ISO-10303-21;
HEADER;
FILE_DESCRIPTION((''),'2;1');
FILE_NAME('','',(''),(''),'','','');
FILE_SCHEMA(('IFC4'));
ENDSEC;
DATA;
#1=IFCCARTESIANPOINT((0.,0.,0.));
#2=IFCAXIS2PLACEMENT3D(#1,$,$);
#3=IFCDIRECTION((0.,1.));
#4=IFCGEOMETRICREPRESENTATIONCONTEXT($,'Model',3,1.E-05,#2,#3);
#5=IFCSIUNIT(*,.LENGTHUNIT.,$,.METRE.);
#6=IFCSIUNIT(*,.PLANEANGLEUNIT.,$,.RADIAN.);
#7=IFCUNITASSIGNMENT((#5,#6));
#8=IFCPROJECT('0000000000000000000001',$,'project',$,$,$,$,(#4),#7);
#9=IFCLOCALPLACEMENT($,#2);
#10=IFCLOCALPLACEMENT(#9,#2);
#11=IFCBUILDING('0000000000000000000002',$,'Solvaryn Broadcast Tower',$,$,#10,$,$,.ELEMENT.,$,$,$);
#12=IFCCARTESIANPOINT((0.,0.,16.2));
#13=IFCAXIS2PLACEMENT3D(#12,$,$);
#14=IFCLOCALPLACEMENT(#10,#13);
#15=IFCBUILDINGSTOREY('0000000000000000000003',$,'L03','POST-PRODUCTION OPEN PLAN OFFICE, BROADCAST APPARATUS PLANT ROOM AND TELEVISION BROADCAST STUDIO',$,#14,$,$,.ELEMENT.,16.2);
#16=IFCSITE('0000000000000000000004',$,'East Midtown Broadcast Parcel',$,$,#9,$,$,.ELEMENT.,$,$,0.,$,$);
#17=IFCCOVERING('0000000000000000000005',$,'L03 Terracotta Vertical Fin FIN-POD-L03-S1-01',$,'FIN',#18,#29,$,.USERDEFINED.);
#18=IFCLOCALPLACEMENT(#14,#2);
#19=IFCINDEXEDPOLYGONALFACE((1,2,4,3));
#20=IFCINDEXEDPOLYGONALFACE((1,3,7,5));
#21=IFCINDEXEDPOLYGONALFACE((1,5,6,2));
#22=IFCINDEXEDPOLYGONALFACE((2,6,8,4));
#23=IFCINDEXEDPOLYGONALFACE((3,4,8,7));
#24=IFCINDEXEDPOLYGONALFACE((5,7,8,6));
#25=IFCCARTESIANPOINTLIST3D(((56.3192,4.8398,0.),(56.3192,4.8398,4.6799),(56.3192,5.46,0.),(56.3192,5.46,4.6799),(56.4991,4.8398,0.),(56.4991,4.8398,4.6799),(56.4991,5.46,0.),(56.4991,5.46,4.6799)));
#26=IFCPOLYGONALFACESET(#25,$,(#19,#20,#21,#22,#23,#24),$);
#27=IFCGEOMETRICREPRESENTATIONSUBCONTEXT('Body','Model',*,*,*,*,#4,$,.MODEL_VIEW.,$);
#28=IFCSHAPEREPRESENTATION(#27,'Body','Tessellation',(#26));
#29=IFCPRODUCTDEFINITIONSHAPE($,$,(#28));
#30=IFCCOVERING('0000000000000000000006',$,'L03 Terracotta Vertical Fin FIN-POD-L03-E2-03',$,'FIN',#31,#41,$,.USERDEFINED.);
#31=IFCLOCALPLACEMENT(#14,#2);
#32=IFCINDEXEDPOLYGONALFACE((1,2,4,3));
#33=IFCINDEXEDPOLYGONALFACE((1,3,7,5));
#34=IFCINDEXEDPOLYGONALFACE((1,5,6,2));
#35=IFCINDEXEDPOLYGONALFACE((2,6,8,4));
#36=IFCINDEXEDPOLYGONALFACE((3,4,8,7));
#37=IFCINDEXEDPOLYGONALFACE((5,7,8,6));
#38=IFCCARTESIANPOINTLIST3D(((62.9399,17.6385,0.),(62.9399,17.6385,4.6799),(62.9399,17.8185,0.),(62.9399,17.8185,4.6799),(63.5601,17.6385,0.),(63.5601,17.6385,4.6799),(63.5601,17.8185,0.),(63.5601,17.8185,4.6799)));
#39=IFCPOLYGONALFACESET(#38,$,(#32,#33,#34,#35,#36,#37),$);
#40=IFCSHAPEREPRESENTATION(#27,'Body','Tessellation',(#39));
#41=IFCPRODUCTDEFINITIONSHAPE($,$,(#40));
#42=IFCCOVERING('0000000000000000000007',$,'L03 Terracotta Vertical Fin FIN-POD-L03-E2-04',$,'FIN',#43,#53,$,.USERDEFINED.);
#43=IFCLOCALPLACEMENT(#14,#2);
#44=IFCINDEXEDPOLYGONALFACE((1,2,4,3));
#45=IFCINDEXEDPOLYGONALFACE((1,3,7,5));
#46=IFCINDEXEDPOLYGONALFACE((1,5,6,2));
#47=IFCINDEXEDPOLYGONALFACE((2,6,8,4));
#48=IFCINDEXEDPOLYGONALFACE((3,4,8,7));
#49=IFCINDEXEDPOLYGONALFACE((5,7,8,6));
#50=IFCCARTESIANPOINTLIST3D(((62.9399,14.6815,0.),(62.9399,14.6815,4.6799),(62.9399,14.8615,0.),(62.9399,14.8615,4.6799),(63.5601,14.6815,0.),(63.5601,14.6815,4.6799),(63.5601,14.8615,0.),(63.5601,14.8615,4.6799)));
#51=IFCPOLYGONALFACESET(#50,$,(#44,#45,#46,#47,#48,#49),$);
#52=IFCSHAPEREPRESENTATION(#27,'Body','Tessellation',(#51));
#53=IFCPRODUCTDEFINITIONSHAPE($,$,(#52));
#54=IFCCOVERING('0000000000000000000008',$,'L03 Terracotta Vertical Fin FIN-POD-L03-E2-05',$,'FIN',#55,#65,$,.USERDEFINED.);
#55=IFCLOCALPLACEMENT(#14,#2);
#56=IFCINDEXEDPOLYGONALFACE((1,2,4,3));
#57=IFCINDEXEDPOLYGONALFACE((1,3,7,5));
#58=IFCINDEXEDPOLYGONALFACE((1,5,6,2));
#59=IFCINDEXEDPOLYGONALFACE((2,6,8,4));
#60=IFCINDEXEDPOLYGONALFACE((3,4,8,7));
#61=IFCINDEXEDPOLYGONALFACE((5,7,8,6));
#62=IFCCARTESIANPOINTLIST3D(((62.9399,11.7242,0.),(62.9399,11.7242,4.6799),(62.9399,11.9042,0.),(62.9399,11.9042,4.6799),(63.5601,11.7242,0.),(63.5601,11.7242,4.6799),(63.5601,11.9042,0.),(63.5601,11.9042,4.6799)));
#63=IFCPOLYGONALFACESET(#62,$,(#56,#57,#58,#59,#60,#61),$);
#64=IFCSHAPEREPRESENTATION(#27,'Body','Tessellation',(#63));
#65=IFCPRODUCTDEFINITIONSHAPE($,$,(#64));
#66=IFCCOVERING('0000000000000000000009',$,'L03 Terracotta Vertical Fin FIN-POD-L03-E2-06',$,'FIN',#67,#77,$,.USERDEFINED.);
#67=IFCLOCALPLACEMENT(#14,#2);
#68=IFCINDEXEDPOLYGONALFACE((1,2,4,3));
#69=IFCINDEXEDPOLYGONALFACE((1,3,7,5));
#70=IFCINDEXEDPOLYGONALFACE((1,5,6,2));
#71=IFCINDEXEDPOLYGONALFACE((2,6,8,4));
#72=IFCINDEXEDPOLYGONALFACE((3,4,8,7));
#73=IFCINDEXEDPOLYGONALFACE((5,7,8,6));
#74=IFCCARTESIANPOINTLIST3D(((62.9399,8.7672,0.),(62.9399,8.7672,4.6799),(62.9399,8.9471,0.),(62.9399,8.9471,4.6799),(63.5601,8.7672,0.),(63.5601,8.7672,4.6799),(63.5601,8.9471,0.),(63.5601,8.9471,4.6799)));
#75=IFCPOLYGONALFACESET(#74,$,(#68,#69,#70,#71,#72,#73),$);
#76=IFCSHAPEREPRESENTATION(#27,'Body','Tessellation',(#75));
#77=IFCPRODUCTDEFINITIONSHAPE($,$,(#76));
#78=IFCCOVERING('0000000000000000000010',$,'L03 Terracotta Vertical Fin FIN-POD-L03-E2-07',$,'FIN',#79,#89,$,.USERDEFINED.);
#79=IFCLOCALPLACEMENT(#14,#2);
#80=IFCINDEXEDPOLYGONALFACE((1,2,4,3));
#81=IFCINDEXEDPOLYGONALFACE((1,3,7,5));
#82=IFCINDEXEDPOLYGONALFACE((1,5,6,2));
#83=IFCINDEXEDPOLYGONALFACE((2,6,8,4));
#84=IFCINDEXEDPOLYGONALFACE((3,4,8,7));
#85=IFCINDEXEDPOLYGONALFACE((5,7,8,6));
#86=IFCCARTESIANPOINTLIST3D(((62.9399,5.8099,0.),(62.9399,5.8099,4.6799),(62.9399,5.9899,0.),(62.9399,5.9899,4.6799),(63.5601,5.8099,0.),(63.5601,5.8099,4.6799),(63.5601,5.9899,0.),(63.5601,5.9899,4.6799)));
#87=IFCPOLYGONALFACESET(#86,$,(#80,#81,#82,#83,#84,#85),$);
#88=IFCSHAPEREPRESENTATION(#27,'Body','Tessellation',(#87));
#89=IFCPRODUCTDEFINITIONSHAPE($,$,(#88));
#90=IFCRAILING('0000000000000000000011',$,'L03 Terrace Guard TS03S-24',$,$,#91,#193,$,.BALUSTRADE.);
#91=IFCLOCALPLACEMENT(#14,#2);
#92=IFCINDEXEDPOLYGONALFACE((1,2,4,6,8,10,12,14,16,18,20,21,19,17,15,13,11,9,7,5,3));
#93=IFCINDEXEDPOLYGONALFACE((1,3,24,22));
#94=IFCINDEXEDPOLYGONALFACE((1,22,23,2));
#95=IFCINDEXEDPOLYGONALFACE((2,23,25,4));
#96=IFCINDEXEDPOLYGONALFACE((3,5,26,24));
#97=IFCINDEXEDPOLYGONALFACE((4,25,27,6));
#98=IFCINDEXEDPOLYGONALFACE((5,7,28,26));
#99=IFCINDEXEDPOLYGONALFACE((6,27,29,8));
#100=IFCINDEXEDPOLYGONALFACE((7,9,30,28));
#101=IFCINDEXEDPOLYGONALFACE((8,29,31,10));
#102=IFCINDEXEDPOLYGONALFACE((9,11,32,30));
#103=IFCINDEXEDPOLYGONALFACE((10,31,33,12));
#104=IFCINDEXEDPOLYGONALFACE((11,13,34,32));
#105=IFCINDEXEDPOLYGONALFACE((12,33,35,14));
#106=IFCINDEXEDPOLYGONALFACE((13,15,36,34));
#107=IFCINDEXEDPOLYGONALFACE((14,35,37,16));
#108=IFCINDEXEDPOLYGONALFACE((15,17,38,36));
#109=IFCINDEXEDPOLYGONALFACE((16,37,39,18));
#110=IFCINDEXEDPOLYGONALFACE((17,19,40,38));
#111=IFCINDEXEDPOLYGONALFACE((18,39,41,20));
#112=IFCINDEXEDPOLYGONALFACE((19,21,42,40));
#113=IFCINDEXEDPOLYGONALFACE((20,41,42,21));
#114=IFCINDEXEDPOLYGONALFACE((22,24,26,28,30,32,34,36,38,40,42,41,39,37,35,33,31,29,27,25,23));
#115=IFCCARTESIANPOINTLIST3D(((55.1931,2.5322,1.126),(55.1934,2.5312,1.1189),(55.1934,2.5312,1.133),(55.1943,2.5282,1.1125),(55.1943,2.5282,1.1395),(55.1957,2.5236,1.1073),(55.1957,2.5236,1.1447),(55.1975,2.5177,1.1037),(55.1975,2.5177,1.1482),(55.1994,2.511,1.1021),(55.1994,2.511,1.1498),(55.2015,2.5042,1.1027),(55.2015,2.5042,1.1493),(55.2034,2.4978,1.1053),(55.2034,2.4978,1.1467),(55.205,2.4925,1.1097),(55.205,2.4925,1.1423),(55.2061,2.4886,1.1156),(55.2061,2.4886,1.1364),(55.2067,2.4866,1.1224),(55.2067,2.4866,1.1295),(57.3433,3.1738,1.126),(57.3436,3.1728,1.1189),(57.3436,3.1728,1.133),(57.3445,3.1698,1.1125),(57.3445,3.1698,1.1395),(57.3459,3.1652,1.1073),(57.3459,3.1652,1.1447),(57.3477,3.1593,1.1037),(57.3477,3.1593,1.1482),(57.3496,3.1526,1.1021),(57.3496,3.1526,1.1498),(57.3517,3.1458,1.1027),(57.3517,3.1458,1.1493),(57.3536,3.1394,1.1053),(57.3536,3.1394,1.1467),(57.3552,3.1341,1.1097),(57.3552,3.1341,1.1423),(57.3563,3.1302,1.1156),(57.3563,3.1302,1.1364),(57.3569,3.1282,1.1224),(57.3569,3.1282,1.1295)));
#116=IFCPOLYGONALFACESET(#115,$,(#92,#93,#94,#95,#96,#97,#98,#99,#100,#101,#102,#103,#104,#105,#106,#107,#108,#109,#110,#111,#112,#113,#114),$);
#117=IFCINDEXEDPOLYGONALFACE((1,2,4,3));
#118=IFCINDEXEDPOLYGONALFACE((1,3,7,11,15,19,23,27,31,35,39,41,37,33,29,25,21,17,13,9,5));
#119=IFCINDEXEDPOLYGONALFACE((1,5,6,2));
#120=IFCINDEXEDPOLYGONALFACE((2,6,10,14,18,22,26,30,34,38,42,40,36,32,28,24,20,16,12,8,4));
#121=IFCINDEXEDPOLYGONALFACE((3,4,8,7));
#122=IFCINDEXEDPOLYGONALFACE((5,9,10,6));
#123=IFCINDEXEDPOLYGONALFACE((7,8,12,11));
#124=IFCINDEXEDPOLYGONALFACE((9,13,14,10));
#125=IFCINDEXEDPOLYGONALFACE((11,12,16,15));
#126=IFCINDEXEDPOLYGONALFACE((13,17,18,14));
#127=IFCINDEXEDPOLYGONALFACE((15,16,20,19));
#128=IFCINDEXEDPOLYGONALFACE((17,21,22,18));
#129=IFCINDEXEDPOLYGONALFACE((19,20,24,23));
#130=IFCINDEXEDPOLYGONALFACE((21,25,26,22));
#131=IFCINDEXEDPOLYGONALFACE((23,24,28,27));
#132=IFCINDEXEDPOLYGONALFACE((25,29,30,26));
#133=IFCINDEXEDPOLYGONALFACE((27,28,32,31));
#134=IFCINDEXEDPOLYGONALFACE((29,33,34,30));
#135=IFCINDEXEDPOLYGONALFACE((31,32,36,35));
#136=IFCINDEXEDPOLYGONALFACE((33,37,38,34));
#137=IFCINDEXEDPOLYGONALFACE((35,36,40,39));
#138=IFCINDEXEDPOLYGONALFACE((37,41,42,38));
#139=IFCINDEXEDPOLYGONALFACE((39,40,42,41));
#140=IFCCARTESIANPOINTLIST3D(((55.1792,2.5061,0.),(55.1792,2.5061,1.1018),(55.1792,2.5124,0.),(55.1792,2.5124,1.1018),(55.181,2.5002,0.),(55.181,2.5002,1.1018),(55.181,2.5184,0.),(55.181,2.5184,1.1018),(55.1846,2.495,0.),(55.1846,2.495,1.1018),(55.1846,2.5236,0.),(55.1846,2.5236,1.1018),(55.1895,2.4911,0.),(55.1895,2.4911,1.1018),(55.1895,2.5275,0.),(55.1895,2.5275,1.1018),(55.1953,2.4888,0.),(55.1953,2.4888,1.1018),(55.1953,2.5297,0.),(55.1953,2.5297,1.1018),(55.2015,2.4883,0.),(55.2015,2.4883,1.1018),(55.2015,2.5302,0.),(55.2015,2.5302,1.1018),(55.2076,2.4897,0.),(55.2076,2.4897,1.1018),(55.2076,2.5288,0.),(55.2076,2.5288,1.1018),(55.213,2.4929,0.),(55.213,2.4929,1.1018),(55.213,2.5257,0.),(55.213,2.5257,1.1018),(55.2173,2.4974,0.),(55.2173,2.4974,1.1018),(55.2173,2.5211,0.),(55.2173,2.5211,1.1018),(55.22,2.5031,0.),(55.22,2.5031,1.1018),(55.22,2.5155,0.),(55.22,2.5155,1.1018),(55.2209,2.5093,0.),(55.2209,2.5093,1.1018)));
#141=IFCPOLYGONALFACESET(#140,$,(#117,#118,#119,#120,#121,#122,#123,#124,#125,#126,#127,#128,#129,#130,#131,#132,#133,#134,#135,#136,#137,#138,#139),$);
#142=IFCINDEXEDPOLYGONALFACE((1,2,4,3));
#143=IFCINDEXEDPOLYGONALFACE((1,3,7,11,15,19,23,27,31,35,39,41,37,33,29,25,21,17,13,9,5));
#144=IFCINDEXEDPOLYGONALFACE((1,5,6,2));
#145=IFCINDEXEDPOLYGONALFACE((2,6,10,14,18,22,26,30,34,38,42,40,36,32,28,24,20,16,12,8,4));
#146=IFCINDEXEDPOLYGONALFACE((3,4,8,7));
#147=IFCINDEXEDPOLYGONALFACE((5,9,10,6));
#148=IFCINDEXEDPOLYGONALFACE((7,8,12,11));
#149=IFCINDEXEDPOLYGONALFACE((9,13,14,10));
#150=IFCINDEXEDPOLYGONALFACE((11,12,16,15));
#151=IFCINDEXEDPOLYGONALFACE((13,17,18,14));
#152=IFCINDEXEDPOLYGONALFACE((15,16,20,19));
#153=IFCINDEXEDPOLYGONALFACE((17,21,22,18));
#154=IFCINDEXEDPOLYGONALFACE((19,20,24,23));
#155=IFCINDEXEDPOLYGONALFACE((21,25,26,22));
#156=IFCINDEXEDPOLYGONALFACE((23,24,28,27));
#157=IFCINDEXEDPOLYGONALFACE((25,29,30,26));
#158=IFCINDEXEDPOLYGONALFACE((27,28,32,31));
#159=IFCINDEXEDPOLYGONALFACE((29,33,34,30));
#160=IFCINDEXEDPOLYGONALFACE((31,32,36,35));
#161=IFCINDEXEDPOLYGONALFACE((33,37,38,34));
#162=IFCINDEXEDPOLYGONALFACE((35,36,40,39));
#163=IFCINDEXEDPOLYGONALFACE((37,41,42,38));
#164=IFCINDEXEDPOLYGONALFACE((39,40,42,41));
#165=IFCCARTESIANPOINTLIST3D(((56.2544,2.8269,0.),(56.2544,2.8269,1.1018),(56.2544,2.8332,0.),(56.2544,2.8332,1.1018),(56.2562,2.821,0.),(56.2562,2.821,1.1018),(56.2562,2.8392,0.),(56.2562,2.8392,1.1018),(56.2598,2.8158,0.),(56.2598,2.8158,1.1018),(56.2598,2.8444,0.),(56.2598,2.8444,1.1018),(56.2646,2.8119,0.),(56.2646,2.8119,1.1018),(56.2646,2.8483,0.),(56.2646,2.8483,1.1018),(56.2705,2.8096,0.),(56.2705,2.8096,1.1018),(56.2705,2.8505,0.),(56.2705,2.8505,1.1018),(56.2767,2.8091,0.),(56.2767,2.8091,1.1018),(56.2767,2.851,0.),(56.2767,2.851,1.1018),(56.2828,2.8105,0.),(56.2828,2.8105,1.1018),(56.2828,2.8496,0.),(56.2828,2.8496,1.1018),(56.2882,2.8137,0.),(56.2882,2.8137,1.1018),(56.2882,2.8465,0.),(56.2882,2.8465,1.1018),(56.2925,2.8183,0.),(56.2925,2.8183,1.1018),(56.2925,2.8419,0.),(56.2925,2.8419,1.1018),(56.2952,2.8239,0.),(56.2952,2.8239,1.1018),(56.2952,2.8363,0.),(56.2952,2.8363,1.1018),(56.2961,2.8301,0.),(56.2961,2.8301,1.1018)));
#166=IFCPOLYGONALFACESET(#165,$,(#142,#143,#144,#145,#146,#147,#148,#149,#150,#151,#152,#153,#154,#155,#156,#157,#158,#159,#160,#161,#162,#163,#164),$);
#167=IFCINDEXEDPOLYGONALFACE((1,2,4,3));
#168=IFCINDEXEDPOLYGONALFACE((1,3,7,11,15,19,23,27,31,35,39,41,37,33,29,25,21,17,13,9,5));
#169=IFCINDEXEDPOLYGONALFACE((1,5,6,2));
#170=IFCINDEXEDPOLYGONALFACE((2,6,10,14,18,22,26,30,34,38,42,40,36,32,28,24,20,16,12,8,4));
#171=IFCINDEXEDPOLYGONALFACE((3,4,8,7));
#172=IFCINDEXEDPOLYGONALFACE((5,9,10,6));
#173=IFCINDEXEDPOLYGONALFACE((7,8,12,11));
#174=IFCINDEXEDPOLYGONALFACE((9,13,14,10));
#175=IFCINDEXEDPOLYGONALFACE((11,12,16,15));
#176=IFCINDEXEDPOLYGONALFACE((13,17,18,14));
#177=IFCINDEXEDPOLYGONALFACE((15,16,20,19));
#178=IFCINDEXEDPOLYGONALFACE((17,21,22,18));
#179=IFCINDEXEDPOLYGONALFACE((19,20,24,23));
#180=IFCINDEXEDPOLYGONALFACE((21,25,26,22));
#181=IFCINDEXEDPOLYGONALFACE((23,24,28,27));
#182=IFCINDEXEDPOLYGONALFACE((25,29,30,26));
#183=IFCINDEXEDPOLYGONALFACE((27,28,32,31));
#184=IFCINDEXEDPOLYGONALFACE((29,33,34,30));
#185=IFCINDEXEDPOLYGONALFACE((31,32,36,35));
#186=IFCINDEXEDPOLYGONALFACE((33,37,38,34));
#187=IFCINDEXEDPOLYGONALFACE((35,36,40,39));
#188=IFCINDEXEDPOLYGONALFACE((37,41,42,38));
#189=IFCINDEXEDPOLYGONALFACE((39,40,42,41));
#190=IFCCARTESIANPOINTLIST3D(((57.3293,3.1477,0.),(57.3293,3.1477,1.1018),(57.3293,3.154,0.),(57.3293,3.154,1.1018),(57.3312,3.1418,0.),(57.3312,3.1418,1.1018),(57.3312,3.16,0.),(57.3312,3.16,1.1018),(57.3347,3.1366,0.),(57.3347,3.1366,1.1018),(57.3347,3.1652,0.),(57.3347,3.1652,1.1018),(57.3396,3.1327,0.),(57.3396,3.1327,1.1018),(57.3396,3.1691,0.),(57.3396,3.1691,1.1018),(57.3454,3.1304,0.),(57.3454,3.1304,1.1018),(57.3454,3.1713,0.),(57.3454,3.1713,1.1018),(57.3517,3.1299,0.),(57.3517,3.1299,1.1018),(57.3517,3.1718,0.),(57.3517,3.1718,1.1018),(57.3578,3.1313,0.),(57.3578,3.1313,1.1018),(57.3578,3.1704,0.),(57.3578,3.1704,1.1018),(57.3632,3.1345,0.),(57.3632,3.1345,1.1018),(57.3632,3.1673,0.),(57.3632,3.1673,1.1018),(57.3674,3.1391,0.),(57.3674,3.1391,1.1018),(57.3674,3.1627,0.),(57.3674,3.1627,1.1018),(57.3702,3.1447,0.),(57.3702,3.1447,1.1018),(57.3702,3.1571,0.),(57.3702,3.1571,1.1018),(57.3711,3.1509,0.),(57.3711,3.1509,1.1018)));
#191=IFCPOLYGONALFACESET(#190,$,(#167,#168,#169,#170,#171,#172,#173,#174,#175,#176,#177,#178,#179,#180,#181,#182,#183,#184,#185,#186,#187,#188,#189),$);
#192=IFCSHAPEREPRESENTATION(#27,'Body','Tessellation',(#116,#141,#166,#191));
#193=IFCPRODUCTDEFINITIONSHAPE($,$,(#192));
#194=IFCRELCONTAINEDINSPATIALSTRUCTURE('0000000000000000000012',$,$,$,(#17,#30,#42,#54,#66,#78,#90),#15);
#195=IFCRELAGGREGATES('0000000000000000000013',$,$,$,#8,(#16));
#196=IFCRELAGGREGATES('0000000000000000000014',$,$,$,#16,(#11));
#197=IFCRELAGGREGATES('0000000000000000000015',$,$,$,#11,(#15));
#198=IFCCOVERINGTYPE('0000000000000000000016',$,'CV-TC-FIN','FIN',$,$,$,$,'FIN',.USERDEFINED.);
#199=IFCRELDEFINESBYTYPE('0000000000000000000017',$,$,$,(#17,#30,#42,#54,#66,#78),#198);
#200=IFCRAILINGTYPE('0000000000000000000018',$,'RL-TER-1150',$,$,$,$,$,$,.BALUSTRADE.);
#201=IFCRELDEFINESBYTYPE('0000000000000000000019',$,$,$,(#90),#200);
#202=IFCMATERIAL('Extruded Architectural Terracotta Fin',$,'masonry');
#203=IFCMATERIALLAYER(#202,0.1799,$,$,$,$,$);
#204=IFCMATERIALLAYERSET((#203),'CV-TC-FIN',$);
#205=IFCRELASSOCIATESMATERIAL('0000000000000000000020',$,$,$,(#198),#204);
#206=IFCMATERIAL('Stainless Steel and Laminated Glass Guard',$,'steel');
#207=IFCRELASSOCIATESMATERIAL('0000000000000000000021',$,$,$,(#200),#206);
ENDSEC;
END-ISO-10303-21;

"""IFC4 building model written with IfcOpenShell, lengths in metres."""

from ifc_helpers import new_model, si_unit, direction, frame, origin, origin_2d, place, context, subcontext, project, spatial, rectangle, circle, extrude, material, layer, layer_set, type_object, element, save


model = new_model("IFC4")

# Units and contexts
model_context = context("Model", 3, precision=1e-05, world=origin(), true_north=direction((0.0, 1.0)))
body_context = subcontext(model_context, "Body", "Model", "MODEL_VIEW")
ifc_project = project(units=[si_unit("LENGTHUNIT", "METRE"), si_unit("PLANEANGLEUNIT", "RADIAN")], contexts=[model_context])

# Site, building, storey
site_placement = place(None, origin())
site = spatial("IfcSite", under=ifc_project, at=site_placement, Name="East Midtown Broadcast Parcel", CompositionType="ELEMENT", RefElevation=0.0)
building_placement = place(site_placement, origin())
building = spatial("IfcBuilding", under=site, at=building_placement, Name="Solvaryn Broadcast Tower", CompositionType="ELEMENT")
storey_placement = place(building_placement, frame((0.0, 0.0, 16.2)))
storey = spatial("IfcBuildingStorey", under=building, at=storey_placement, Name="L03", Description="POST-PRODUCTION OPEN PLAN OFFICE, BROADCAST APPARATUS PLANT ROOM AND TELEVISION BROADCAST STUDIO", CompositionType="ELEMENT", Elevation=16.2)

# Coverings
ifc_material_1 = material(Name="Extruded Architectural Terracotta Fin", Category="masonry")
ifc_layer_1 = layer(ifc_material_1, 0.1799)
ifc_layer_set_1 = layer_set([ifc_layer_1], Name="CV-TC-FIN")
covering_type = type_object("IfcCoveringType", Name="CV-TC-FIN", Description="FIN", ElementType="FIN", PredefinedType="USERDEFINED", material=ifc_layer_set_1)
for number, where, z_axis, x_axis, name in (
    (1, (56.4092, 5.1499, 0.0), (0.0, 0.0, 1.0), (1.0, 0.0, 0.0), "L03 Terracotta Vertical Fin FIN-POD-L03-S1-01"),
):
    element("IfcCovering", number, at=place(storey_placement, frame(where, z_axis=z_axis, x_axis=x_axis)), inside=storey, type_object=covering_type, Name=name, ObjectType="FIN", PredefinedType="USERDEFINED", context=body_context, shape_type="SweptSolid", body=[
        extrude(rectangle(XDim=0.1799, YDim=0.6201, at=origin_2d()), origin(), (0.0, 0.0, 1.0), 4.6799),
    ])
for number, where, z_axis, x_axis, name in (
    (2, (63.25, 17.7285, 0.0), (0.0, 0.0, 1.0), (1.0, 0.0, 0.0), "L03 Terracotta Vertical Fin FIN-POD-L03-E2-03"),
    (3, (63.25, 14.7715, 0.0), (0.0, 0.0, 1.0), (1.0, 0.0, 0.0), "L03 Terracotta Vertical Fin FIN-POD-L03-E2-04"),
    (4, (63.25, 11.8142, 0.0), (0.0, 0.0, 1.0), (1.0, 0.0, 0.0), "L03 Terracotta Vertical Fin FIN-POD-L03-E2-05"),
    (5, (63.25, 8.8572, 0.0), (0.0, 0.0, 1.0), (1.0, 0.0, 0.0), "L03 Terracotta Vertical Fin FIN-POD-L03-E2-06"),
    (6, (63.25, 5.8999, 0.0), (0.0, 0.0, 1.0), (1.0, 0.0, 0.0), "L03 Terracotta Vertical Fin FIN-POD-L03-E2-07"),
):
    element("IfcCovering", number, at=place(storey_placement, frame(where, z_axis=z_axis, x_axis=x_axis)), inside=storey, type_object=covering_type, Name=name, ObjectType="FIN", PredefinedType="USERDEFINED", context=body_context, shape_type="SweptSolid", body=[
        extrude(rectangle(XDim=0.6201, YDim=0.1799, at=origin_2d()), origin(), (0.0, 0.0, 1.0), 4.6799),
    ])

# Railing
ifc_material_2 = material(Name="Stainless Steel and Laminated Glass Guard", Category="steel")
railing_type = type_object("IfcRailingType", Name="RL-TER-1150", PredefinedType="BALUSTRADE", material=ifc_material_2)
railing_1_placement = place(storey_placement, frame((55.2, 2.5093, 0.0)))
element("IfcRailing", 7, at=railing_1_placement, inside=storey, type_object=railing_type, Name="L03 Terrace Guard TS03S-24", PredefinedType="BALUSTRADE", context=body_context, shape_type="SweptSolid", body=[
    extrude(circle(Radius=0.0239, at=origin_2d()), frame((0.0, 0.0, 1.126), z_axis=(0.958247, 0.28594, 0.0), x_axis=(-0.28594, 0.958247, 0.0)), (0.0, 0.0, 1.0), 2.2439),
    extrude(circle(Radius=0.021, at=origin_2d()), origin(), (0.0, 0.0, 1.0), 1.1018),
    extrude(circle(Radius=0.021, at=origin_2d()), frame((1.0752, 0.3208, 0.0)), (0.0, 0.0, 1.0), 1.1018),
    extrude(circle(Radius=0.021, at=origin_2d()), frame((2.1501, 0.6416, 0.0)), (0.0, 0.0, 1.0), 1.1018),
])

save(model, "model.ifc")
